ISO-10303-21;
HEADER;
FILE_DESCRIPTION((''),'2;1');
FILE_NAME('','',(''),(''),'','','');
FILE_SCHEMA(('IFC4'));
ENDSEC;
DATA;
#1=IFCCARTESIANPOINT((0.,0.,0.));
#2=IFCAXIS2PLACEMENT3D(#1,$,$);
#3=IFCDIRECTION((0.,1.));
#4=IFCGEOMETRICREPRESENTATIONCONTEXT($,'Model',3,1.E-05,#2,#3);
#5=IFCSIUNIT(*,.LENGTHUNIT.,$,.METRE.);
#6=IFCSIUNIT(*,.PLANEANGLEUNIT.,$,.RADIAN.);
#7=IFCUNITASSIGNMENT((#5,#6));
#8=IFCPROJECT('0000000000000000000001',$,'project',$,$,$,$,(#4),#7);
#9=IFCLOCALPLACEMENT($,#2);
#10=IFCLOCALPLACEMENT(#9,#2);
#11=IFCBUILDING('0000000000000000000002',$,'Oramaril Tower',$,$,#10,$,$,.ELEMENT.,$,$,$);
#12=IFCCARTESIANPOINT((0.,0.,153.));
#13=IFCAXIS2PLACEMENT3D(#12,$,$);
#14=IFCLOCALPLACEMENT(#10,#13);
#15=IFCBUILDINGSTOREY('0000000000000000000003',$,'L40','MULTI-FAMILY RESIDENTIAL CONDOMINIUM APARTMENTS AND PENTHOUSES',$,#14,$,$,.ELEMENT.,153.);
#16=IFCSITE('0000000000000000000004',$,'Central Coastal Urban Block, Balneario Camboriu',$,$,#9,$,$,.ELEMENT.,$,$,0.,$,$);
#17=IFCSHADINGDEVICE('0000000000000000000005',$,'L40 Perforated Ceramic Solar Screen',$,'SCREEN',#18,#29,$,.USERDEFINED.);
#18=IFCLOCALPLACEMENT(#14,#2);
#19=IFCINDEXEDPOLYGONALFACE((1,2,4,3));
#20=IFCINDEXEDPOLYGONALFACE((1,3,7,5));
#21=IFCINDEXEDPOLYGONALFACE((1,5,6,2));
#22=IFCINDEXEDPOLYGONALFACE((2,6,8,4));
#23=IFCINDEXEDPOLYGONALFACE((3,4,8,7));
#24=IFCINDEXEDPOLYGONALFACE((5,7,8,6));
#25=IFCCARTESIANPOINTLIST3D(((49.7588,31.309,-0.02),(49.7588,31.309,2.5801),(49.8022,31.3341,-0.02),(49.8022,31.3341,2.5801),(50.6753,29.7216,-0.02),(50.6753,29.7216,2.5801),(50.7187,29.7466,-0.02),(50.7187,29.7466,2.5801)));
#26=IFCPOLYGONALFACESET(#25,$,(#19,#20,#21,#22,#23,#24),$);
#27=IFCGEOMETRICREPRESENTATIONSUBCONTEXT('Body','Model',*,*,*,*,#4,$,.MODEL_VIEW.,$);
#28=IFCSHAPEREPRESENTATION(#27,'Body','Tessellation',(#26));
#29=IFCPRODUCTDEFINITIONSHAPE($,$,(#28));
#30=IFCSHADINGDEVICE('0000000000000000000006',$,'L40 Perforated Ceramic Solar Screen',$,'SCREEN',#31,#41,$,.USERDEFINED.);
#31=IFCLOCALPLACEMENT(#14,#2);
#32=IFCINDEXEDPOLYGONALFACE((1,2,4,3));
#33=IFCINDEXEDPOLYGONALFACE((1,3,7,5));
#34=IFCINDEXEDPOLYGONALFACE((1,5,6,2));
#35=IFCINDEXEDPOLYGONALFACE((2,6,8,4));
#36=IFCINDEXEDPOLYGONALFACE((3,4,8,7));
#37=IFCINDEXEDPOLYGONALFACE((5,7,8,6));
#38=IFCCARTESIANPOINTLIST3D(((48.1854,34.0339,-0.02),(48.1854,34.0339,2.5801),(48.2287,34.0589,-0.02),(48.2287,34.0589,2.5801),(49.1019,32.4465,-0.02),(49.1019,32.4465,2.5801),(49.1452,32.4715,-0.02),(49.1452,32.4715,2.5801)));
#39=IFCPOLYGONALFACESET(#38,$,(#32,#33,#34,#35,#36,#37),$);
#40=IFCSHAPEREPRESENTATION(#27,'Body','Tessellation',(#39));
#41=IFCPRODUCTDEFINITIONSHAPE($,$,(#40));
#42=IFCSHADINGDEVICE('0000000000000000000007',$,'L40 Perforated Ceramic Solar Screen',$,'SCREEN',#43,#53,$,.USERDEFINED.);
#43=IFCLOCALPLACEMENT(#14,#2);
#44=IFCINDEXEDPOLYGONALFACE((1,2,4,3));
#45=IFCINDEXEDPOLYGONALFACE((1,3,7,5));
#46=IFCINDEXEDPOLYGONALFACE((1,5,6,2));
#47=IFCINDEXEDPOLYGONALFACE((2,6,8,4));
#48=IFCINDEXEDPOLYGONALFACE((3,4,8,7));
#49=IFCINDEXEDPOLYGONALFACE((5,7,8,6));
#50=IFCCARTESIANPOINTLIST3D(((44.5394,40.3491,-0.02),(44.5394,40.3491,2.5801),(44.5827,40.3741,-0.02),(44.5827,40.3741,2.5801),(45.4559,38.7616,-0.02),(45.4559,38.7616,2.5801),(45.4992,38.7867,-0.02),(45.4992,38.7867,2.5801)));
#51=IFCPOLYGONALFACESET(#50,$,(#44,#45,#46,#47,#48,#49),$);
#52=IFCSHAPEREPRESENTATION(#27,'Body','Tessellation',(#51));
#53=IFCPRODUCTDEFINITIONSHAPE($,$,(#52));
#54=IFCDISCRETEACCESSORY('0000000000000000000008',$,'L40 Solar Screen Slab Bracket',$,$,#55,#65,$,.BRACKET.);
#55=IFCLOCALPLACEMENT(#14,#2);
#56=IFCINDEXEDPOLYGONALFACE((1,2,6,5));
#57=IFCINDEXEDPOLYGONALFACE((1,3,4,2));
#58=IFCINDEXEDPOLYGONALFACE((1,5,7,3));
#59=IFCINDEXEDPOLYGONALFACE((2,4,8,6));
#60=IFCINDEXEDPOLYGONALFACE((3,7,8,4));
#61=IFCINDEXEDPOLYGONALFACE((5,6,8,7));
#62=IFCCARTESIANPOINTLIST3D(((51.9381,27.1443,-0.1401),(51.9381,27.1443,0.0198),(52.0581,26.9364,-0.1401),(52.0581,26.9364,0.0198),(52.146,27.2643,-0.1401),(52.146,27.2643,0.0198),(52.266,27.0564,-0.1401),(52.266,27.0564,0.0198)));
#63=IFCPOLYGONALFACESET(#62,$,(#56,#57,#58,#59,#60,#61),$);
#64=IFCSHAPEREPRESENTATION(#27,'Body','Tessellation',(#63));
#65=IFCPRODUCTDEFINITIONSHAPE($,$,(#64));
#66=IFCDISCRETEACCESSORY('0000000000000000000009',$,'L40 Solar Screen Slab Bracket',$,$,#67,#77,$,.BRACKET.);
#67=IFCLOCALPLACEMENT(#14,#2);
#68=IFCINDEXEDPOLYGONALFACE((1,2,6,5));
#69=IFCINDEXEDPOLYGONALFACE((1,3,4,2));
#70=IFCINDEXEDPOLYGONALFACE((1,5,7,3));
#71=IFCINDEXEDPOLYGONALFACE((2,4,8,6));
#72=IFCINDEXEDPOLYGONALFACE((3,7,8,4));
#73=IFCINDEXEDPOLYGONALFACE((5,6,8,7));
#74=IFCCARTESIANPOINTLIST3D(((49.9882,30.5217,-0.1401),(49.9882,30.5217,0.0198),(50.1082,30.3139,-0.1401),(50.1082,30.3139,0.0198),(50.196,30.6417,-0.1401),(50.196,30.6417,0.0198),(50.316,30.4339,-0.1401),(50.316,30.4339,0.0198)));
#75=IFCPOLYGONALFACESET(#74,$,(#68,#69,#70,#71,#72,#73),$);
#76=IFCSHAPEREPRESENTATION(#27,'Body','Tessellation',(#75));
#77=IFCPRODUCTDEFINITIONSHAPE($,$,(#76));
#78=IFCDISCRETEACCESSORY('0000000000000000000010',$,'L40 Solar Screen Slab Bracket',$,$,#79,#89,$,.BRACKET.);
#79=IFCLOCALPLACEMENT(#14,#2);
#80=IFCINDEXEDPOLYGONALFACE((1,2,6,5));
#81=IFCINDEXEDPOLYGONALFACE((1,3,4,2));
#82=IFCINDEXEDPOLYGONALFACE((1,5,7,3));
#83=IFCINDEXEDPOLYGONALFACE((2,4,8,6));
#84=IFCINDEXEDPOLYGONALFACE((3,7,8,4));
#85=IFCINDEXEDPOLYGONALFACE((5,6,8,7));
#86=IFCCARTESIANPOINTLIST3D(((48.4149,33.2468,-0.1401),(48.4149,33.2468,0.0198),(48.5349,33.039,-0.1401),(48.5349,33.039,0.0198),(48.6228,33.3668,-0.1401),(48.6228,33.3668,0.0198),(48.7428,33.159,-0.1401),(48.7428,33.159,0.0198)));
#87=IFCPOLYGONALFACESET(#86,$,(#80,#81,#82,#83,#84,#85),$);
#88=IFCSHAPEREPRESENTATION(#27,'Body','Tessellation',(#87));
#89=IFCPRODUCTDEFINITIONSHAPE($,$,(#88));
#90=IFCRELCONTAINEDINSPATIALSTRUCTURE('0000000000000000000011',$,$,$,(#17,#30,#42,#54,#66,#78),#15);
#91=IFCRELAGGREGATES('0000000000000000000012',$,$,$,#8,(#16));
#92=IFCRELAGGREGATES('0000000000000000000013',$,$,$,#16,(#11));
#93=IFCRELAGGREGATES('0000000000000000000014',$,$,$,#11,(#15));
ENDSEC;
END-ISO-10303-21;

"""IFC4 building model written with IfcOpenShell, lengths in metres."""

from ifc_helpers import new_model, si_unit, direction, frame, origin, origin_2d, place, context, subcontext, project, spatial, rectangle, extrude, element, save


model = new_model("IFC4")

# Units and contexts
model_context = context("Model", 3, precision=1e-05, world=origin(), true_north=direction((0.0, 1.0)))
body_context = subcontext(model_context, "Body", "Model", "MODEL_VIEW")
ifc_project = project(units=[si_unit("LENGTHUNIT", "METRE"), si_unit("PLANEANGLEUNIT", "RADIAN")], contexts=[model_context])

# Site, building, storey
site_placement = place(None, origin())
site = spatial("IfcSite", under=ifc_project, at=site_placement, Name="Central Coastal Urban Block, Balneario Camboriu", CompositionType="ELEMENT", RefElevation=0.0)
building_placement = place(site_placement, origin())
building = spatial("IfcBuilding", under=site, at=building_placement, Name="Oramaril Tower", CompositionType="ELEMENT")
storey_placement = place(building_placement, frame((0.0, 0.0, 153.0)))
storey = spatial("IfcBuildingStorey", under=building, at=storey_placement, Name="L40", Description="MULTI-FAMILY RESIDENTIAL CONDOMINIUM APARTMENTS AND PENTHOUSES", CompositionType="ELEMENT", Elevation=153.0)

# Shading devices
for number, where, z_axis, x_axis, name in (
    (1, (50.2388, 30.5278, -0.02), (0.0, 0.0, 1.0), (-0.5, 0.866025, 0.0), "L40 Perforated Ceramic Solar Screen"),
    (2, (48.6653, 33.2527, -0.02), (0.0, 0.0, 1.0), (-0.5, 0.866025, 0.0), "L40 Perforated Ceramic Solar Screen"),
    (3, (45.0193, 39.5679, -0.02), (0.0, 0.0, 1.0), (-0.5, 0.866025, 0.0), "L40 Perforated Ceramic Solar Screen"),
):
    element("IfcShadingDevice", number, at=place(storey_placement, frame(where, z_axis=z_axis, x_axis=x_axis)), inside=storey, Name=name, ObjectType="SCREEN", PredefinedType="USERDEFINED", context=body_context, shape_type="SweptSolid", body=[
        extrude(rectangle(XDim=1.833, YDim=0.05, at=origin_2d()), origin(), (0.0, 0.0, 1.0), 2.6001),
    ])

# Discrete accessories
for number, where, z_axis, x_axis, name in (
    (4, (52.1021, 27.1003, -0.1401), (0.0, 0.0, 1.0), (-0.5, 0.866025, 0.0), "L40 Solar Screen Slab Bracket"),
    (5, (50.1521, 30.4778, -0.1401), (0.0, 0.0, 1.0), (-0.5, 0.866025, 0.0), "L40 Solar Screen Slab Bracket"),
    (6, (48.5789, 33.2029, -0.1401), (0.0, 0.0, 1.0), (-0.5, 0.866025, 0.0), "L40 Solar Screen Slab Bracket"),
):
    element("IfcDiscreteAccessory", number, at=place(storey_placement, frame(where, z_axis=z_axis, x_axis=x_axis)), inside=storey, Name=name, PredefinedType="BRACKET", context=body_context, shape_type="SweptSolid", body=[
        extrude(rectangle(XDim=0.24, YDim=0.24, at=origin_2d()), origin(), (0.0, 0.0, 1.0), 0.1599),
    ])

save(model, "model.ifc")
